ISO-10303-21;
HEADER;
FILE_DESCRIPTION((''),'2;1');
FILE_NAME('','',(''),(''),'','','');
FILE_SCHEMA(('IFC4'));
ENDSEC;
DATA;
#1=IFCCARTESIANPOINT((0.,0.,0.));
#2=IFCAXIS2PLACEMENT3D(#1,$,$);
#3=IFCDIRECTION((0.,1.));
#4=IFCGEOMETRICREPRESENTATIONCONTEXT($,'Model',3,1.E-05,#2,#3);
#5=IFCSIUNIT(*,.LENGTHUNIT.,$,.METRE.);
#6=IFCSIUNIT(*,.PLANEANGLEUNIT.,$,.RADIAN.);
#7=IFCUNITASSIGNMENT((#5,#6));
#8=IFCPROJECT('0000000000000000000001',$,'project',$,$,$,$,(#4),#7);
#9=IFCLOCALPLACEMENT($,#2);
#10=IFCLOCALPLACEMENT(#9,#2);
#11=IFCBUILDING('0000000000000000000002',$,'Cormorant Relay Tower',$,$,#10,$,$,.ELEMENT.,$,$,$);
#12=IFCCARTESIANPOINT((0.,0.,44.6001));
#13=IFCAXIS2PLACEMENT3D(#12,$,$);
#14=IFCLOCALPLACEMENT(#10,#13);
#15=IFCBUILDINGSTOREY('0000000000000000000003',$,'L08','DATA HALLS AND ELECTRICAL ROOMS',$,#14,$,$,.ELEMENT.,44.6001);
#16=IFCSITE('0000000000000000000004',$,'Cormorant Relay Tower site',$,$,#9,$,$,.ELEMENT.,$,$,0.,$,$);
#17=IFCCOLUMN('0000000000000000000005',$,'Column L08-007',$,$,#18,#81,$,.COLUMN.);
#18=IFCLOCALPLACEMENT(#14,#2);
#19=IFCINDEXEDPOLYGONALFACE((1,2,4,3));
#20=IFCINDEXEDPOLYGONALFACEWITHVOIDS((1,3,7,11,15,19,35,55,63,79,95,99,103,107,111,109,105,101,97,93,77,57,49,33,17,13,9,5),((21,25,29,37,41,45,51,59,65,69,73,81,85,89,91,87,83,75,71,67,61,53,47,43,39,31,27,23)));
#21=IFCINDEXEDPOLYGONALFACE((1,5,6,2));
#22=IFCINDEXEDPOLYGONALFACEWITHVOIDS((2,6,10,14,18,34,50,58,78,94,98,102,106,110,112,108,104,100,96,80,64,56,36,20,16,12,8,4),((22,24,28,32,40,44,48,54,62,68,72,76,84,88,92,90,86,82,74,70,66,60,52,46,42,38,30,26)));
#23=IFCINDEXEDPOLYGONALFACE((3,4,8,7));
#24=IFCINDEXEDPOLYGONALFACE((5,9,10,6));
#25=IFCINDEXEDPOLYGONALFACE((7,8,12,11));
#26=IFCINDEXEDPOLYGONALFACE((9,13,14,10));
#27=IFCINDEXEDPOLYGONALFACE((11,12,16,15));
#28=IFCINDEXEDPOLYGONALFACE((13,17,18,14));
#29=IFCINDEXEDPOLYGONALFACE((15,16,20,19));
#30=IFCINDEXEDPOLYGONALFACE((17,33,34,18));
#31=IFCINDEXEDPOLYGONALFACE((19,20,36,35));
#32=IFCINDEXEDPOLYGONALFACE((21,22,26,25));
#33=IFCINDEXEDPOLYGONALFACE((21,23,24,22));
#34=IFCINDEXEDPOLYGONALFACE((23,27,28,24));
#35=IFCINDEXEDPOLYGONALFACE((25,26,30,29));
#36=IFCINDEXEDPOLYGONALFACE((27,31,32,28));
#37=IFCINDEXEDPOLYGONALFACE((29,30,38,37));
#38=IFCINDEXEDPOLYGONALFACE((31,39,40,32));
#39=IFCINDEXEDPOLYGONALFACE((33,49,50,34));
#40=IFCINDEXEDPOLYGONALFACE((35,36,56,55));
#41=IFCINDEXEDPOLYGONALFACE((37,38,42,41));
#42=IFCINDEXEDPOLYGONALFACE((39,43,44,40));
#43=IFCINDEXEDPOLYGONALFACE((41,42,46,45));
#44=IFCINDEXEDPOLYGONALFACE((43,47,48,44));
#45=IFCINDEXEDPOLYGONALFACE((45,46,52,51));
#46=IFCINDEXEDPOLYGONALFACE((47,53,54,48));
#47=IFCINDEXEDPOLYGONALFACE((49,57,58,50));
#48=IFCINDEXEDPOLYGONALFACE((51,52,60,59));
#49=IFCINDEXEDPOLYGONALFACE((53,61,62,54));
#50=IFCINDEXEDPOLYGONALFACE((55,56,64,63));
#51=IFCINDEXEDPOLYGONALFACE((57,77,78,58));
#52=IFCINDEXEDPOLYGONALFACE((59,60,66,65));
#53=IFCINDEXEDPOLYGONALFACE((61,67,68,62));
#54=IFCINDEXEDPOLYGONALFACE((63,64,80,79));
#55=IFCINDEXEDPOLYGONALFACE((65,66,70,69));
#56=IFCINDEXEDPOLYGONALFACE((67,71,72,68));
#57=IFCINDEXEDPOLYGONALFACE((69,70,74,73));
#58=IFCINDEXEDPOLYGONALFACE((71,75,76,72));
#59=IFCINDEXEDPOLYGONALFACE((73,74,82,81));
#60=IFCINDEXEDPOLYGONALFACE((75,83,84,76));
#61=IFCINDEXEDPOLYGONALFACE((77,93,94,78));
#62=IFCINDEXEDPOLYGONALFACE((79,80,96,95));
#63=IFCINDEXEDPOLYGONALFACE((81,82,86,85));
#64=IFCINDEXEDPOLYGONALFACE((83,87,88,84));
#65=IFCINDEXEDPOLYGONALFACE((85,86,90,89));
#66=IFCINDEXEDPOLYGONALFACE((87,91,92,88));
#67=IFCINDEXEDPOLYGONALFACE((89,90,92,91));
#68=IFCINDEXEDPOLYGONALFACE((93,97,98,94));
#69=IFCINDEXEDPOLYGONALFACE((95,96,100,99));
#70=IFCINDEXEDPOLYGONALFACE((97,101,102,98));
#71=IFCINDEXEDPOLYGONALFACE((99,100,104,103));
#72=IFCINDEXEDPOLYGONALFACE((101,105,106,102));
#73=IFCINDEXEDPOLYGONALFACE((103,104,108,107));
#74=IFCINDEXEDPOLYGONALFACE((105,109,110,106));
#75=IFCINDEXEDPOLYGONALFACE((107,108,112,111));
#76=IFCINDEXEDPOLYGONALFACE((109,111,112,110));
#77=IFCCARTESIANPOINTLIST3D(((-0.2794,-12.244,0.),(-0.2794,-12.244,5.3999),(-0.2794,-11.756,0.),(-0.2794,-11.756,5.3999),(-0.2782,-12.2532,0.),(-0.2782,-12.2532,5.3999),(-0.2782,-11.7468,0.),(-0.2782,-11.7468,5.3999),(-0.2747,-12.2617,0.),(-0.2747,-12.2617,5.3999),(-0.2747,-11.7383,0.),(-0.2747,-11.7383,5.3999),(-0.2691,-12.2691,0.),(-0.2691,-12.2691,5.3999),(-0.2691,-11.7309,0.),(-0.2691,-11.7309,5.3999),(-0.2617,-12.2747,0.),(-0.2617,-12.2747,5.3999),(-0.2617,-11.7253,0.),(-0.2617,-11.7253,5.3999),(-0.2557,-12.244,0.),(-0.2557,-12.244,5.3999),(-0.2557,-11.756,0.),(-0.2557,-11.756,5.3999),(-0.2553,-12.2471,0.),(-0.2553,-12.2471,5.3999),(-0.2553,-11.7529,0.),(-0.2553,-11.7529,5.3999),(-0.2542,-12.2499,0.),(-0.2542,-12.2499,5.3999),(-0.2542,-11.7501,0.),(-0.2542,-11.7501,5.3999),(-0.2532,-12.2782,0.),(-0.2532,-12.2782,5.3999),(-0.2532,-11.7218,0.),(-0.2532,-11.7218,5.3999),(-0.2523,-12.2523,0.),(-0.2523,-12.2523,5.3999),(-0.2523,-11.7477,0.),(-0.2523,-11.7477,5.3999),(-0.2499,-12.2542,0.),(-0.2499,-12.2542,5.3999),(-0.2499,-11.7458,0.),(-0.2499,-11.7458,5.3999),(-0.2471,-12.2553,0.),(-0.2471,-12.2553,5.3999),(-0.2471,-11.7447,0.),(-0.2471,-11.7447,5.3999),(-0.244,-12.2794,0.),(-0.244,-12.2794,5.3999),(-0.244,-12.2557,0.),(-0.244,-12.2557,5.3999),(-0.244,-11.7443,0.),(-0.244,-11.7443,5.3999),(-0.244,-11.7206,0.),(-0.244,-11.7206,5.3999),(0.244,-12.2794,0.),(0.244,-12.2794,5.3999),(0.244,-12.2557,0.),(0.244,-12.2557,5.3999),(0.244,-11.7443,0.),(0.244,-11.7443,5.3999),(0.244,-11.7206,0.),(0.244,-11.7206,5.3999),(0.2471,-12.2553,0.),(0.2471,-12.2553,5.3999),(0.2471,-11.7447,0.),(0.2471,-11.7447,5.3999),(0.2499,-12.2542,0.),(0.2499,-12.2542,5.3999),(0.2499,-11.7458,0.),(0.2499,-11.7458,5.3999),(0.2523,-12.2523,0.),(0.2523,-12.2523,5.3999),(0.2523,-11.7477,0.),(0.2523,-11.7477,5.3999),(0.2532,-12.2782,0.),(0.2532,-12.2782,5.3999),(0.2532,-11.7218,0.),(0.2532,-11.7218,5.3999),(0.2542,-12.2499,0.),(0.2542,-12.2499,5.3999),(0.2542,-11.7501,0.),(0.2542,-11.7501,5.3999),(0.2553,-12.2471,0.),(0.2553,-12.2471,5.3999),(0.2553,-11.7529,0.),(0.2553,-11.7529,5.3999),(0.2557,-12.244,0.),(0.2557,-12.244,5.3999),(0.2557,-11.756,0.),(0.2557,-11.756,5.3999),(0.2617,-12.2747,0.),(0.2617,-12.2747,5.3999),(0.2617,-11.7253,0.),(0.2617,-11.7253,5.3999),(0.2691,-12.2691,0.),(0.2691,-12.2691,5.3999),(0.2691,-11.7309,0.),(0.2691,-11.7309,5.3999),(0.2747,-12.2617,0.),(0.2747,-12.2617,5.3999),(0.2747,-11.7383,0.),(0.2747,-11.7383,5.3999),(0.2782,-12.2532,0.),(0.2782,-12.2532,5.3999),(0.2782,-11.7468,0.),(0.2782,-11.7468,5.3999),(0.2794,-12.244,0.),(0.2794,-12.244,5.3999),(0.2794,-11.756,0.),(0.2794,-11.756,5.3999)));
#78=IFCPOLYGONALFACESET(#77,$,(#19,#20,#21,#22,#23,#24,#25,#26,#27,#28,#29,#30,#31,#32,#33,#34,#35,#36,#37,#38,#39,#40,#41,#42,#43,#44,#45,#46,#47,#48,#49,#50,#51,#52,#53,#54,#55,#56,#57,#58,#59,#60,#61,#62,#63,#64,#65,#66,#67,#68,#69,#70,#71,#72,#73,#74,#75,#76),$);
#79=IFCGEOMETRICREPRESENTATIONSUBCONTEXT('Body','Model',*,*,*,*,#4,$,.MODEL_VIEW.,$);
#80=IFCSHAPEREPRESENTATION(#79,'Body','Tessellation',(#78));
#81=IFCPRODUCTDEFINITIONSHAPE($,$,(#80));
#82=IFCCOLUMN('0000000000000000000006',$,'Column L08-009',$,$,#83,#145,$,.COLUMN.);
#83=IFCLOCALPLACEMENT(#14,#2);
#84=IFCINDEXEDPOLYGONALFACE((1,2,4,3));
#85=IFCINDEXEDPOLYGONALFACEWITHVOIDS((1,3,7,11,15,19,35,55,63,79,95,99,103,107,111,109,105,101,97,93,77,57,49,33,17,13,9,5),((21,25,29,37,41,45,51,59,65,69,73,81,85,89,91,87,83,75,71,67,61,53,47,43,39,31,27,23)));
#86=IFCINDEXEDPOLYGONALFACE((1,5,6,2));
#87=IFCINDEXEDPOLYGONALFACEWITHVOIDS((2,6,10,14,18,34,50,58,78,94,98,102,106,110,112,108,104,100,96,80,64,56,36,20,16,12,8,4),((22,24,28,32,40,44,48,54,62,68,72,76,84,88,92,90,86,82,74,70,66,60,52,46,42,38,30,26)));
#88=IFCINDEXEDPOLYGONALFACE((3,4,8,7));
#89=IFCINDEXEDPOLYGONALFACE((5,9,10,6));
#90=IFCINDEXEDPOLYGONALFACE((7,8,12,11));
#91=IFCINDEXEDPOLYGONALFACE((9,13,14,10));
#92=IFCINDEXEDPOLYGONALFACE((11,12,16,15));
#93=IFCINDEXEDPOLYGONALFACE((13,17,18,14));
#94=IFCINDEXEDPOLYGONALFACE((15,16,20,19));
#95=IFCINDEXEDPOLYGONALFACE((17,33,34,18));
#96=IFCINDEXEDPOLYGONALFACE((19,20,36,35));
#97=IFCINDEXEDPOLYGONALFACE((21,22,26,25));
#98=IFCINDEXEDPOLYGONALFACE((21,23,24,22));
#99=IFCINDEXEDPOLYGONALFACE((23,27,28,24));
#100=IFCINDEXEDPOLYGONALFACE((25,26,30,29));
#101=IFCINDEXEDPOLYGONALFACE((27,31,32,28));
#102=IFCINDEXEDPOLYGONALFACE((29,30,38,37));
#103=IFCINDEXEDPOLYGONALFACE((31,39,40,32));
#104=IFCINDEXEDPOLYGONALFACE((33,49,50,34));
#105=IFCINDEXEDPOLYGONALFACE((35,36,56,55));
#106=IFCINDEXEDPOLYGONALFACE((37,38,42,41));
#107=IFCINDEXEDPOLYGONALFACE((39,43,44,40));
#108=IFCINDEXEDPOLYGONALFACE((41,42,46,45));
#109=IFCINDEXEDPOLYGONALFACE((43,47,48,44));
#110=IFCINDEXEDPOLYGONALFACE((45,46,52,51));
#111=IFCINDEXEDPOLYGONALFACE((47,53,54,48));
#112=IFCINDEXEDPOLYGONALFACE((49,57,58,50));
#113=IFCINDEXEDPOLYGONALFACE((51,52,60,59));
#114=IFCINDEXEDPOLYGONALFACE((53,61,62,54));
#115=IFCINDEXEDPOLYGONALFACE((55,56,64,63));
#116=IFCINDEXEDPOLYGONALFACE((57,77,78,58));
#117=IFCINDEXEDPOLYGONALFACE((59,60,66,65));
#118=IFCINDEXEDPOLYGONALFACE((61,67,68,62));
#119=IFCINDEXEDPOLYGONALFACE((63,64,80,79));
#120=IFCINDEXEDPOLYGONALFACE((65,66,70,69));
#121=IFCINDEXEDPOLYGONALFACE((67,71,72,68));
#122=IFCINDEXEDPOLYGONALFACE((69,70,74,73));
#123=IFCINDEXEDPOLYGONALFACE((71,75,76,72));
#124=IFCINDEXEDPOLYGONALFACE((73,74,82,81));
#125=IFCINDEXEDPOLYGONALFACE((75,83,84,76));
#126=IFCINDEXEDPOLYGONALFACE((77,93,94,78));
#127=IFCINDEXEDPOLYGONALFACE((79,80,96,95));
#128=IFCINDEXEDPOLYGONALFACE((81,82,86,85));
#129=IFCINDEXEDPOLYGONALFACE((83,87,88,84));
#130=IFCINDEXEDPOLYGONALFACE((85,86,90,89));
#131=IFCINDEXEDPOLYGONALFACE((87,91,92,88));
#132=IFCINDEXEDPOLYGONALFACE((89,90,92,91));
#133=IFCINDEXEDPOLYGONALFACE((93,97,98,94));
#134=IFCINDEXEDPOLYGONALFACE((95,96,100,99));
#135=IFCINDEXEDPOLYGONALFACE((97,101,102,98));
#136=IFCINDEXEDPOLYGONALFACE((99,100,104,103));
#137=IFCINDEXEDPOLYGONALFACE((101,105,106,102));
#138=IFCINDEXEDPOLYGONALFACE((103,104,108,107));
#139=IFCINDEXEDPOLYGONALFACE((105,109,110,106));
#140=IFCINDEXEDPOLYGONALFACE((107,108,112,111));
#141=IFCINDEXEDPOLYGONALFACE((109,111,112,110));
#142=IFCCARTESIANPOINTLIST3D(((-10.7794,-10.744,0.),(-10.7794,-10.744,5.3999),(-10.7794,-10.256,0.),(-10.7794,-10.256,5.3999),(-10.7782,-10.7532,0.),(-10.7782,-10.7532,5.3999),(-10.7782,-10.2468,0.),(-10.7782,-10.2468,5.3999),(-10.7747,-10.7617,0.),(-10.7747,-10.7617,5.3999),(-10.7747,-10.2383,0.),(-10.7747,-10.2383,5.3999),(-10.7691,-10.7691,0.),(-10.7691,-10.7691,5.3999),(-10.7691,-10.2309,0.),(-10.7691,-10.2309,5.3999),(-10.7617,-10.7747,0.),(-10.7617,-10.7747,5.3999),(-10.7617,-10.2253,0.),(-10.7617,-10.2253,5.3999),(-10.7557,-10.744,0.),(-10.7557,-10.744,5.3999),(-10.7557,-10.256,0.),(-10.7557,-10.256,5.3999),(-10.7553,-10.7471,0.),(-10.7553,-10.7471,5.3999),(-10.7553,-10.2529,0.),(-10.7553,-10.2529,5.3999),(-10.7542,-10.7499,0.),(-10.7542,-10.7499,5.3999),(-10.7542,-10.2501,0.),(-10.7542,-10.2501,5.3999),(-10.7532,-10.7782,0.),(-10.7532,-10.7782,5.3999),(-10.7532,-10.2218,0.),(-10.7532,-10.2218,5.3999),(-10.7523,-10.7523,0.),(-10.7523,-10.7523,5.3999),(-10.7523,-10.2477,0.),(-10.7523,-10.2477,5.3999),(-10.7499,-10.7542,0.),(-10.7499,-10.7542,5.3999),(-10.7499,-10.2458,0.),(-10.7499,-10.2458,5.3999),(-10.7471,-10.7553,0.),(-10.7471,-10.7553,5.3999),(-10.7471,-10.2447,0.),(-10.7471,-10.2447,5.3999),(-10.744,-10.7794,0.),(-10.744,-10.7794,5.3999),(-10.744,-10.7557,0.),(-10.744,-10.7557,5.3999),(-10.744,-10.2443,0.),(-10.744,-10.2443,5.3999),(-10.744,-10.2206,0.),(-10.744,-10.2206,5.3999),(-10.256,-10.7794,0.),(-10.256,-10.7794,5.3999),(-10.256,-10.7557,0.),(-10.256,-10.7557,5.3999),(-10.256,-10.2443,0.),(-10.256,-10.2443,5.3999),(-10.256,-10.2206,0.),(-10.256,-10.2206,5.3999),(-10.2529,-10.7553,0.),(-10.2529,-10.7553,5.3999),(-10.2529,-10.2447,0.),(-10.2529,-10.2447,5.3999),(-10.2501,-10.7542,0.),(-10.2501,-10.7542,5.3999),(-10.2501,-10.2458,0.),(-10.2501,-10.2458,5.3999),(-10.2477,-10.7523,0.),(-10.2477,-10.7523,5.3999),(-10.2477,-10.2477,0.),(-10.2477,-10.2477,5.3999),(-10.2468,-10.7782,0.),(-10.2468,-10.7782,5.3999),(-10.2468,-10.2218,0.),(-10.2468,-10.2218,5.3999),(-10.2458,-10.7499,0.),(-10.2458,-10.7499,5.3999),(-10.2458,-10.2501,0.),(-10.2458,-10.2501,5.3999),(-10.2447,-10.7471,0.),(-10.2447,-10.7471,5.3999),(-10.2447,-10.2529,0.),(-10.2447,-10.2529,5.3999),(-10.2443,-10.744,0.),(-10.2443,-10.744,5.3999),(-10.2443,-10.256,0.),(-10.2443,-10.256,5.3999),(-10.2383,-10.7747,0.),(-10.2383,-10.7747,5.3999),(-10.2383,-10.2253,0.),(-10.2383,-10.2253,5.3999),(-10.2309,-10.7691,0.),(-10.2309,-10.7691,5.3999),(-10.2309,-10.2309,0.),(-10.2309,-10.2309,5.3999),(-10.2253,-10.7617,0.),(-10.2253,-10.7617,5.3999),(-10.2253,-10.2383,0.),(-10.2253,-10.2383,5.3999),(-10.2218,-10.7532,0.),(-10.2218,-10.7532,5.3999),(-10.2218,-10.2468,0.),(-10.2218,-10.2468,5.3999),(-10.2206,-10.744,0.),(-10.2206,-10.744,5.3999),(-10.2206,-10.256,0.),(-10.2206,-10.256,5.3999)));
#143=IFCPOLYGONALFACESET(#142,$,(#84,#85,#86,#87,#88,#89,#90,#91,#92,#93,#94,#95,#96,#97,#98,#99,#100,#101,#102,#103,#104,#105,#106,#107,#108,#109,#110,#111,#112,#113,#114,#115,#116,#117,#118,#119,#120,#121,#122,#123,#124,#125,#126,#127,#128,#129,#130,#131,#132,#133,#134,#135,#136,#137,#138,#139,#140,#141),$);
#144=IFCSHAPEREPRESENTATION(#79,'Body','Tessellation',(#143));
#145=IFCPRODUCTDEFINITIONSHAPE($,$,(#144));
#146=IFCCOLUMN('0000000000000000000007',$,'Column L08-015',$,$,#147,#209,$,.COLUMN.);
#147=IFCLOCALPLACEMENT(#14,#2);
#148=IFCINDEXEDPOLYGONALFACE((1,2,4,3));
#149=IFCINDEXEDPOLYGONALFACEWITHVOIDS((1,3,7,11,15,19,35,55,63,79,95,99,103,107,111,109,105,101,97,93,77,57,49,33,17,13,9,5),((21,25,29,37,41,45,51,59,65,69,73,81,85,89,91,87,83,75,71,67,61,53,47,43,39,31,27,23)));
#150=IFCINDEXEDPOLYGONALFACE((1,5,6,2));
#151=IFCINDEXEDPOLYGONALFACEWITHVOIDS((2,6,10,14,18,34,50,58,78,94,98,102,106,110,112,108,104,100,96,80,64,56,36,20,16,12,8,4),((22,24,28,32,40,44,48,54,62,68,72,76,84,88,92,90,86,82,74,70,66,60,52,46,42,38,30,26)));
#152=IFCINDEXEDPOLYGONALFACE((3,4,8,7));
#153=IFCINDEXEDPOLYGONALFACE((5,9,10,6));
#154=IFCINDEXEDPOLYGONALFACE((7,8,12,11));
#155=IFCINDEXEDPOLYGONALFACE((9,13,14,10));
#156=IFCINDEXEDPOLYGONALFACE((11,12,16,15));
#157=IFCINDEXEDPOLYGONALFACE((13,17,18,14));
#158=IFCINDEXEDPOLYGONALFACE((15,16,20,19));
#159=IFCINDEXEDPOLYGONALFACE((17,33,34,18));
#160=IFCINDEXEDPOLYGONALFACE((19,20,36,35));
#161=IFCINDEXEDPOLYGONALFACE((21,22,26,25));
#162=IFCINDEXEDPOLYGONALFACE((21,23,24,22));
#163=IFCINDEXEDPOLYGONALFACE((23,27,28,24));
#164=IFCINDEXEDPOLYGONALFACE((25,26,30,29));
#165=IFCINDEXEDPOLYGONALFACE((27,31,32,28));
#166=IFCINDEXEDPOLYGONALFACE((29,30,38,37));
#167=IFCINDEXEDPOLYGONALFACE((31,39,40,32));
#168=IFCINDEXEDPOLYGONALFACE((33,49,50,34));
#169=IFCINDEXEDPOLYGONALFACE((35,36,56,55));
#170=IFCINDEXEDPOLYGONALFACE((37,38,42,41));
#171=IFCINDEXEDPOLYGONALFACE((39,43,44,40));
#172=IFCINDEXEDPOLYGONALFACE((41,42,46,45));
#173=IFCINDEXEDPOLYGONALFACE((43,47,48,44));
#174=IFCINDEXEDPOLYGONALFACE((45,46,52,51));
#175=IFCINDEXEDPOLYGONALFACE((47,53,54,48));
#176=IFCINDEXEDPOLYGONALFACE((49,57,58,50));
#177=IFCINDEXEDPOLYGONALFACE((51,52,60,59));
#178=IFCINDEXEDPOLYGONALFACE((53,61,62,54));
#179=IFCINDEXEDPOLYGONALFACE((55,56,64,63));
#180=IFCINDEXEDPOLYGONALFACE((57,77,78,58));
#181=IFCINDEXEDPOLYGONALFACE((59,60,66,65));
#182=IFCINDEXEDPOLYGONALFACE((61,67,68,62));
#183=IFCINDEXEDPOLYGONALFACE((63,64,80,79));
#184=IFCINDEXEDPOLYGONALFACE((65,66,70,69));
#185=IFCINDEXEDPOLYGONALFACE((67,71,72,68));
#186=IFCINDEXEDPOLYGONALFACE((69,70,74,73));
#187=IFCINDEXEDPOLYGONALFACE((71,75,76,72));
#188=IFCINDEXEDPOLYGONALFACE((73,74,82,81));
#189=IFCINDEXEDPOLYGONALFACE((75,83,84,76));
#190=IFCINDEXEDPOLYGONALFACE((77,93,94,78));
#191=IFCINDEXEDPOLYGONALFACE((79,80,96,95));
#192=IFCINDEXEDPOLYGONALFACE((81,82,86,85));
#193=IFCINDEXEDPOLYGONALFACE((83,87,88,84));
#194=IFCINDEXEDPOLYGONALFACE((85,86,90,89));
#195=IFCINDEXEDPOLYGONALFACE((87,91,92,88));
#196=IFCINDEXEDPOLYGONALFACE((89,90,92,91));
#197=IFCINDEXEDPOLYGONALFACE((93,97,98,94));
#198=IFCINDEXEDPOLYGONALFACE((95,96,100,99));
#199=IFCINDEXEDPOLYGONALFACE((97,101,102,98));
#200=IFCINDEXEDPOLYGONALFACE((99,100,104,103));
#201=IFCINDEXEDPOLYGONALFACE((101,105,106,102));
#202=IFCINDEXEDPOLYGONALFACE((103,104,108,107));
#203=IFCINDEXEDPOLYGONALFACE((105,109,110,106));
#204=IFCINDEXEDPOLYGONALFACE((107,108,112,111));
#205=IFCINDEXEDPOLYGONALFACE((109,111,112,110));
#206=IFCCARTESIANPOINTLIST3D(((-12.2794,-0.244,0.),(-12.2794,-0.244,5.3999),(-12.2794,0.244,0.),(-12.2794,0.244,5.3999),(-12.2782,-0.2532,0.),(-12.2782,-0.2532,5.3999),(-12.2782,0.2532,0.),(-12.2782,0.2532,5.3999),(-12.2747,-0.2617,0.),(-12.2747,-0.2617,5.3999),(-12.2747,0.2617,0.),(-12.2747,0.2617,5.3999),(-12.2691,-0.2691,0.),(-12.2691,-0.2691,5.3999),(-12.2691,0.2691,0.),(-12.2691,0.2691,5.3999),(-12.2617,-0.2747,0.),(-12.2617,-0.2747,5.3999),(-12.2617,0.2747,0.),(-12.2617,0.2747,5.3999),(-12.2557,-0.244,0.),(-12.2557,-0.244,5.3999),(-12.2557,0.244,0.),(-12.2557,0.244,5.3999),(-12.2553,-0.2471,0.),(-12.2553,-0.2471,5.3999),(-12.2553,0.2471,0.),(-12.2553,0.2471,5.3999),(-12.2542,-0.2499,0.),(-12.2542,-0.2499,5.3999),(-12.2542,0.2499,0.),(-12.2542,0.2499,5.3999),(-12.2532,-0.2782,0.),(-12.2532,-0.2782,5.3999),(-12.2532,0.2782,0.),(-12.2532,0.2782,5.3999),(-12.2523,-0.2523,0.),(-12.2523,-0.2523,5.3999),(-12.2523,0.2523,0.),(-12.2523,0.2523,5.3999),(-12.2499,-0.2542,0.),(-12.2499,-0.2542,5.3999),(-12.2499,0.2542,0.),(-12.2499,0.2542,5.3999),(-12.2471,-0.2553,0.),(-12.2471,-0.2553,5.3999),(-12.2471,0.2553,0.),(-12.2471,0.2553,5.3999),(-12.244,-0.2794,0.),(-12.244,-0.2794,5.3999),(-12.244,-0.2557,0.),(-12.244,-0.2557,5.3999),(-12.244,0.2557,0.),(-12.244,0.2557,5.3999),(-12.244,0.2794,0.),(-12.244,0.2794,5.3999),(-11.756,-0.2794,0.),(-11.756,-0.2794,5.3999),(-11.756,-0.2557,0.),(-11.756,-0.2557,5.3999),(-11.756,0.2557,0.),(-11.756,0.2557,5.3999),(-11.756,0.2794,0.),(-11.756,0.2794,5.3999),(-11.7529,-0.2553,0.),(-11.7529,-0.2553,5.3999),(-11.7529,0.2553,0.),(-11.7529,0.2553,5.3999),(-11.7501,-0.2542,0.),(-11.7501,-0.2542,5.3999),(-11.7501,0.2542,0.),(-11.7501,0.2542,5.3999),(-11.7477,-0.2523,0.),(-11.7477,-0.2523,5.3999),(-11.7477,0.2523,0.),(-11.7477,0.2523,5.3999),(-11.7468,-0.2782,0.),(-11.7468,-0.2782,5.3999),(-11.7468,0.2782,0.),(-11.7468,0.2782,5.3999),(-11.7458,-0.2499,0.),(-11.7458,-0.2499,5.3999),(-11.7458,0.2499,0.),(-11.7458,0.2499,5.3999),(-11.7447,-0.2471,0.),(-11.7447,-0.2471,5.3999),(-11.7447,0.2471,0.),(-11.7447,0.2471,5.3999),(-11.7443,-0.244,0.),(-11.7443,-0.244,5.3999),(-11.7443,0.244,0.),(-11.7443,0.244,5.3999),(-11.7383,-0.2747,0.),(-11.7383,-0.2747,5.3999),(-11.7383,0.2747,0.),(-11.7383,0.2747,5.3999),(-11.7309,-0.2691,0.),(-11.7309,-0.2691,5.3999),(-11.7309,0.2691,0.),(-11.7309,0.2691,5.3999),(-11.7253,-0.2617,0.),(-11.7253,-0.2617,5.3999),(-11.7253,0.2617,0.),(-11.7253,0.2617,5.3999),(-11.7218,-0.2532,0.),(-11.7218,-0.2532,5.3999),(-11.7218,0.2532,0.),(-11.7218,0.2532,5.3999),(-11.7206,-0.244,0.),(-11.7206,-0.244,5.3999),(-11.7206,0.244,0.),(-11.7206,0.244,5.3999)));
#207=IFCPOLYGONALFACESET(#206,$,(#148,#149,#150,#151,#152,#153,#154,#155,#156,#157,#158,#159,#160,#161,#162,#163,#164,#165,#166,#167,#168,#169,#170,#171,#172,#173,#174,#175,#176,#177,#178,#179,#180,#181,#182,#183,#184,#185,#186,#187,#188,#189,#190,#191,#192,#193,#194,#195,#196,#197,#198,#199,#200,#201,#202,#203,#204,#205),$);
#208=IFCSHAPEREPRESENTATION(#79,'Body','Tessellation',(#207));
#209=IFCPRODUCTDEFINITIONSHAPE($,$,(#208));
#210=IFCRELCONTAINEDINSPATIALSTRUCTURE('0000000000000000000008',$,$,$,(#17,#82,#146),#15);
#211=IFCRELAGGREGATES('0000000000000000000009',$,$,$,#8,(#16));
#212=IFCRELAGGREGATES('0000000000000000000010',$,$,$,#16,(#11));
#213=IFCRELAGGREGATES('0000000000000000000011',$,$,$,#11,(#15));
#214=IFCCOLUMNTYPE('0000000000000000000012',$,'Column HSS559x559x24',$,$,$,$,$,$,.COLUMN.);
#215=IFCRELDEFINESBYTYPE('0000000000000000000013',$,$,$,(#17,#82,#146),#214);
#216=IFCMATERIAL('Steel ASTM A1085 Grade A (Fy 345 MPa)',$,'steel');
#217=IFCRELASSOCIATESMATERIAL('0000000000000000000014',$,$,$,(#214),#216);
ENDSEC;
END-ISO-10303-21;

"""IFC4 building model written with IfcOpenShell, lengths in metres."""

from ifc_helpers import new_model, si_unit, direction, frame, origin, origin_2d, place, context, subcontext, project, spatial, hollow_rectangle, extrude, material, material_profile, profile_set, type_object, element, save


model = new_model("IFC4")

# Units and contexts
model_context = context("Model", 3, precision=1e-05, world=origin(), true_north=direction((0.0, 1.0)))
body_context = subcontext(model_context, "Body", "Model", "MODEL_VIEW")
ifc_project = project(units=[si_unit("LENGTHUNIT", "METRE"), si_unit("PLANEANGLEUNIT", "RADIAN")], contexts=[model_context])

# Site, building, storey
site_placement = place(None, origin())
site = spatial("IfcSite", under=ifc_project, at=site_placement, Name="Cormorant Relay Tower site", CompositionType="ELEMENT", RefElevation=0.0)
building_placement = place(site_placement, origin())
building = spatial("IfcBuilding", under=site, at=building_placement, Name="Cormorant Relay Tower", CompositionType="ELEMENT")
storey_placement = place(building_placement, frame((0.0, 0.0, 44.6001)))
storey = spatial("IfcBuildingStorey", under=building, at=storey_placement, Name="L08", Description="DATA HALLS AND ELECTRICAL ROOMS", CompositionType="ELEMENT", Elevation=44.6001)

# Columns
ifc_material_1 = material(Name="Steel ASTM A1085 Grade A (Fy 345 MPa)", Category="steel")
ifc_material_profile = material_profile(ifc_material_1, hollow_rectangle(XDim=0.5588, YDim=0.5588, WallThickness=0.0237, InnerFilletRadius=0.0117, OuterFilletRadius=0.0354, at=origin_2d()), Name="HSS559x559x24")
ifc_profile_set = profile_set([ifc_material_profile], Name="Steel ASTM A1085 Grade A (Fy 345 MPa)")
column_type = type_object("IfcColumnType", Name="Column HSS559x559x24", PredefinedType="COLUMN", material=ifc_profile_set)
for number, where, z_axis, x_axis, name in (
    (1, (0.0, -12.0, 0.0), (0.0, 0.0, 1.0), (1.0, 0.0, 0.0), "Column L08-007"),
    (2, (-10.5, -10.5, 0.0), (0.0, 0.0, 1.0), (1.0, 0.0, 0.0), "Column L08-009"),
    (3, (-12.0, 0.0, 0.0), (0.0, 0.0, 1.0), (1.0, 0.0, 0.0), "Column L08-015"),
):
    element("IfcColumn", number, at=place(storey_placement, frame(where, z_axis=z_axis, x_axis=x_axis)), inside=storey, type_object=column_type, Name=name, PredefinedType="COLUMN", context=body_context, shape_type="SweptSolid", body=[
        extrude(hollow_rectangle(XDim=0.5588, YDim=0.5588, WallThickness=0.0237, InnerFilletRadius=0.0117, OuterFilletRadius=0.0354, at=origin_2d()), origin(), (0.0, 0.0, 1.0), 5.3999),
    ])

save(model, "model.ifc")
